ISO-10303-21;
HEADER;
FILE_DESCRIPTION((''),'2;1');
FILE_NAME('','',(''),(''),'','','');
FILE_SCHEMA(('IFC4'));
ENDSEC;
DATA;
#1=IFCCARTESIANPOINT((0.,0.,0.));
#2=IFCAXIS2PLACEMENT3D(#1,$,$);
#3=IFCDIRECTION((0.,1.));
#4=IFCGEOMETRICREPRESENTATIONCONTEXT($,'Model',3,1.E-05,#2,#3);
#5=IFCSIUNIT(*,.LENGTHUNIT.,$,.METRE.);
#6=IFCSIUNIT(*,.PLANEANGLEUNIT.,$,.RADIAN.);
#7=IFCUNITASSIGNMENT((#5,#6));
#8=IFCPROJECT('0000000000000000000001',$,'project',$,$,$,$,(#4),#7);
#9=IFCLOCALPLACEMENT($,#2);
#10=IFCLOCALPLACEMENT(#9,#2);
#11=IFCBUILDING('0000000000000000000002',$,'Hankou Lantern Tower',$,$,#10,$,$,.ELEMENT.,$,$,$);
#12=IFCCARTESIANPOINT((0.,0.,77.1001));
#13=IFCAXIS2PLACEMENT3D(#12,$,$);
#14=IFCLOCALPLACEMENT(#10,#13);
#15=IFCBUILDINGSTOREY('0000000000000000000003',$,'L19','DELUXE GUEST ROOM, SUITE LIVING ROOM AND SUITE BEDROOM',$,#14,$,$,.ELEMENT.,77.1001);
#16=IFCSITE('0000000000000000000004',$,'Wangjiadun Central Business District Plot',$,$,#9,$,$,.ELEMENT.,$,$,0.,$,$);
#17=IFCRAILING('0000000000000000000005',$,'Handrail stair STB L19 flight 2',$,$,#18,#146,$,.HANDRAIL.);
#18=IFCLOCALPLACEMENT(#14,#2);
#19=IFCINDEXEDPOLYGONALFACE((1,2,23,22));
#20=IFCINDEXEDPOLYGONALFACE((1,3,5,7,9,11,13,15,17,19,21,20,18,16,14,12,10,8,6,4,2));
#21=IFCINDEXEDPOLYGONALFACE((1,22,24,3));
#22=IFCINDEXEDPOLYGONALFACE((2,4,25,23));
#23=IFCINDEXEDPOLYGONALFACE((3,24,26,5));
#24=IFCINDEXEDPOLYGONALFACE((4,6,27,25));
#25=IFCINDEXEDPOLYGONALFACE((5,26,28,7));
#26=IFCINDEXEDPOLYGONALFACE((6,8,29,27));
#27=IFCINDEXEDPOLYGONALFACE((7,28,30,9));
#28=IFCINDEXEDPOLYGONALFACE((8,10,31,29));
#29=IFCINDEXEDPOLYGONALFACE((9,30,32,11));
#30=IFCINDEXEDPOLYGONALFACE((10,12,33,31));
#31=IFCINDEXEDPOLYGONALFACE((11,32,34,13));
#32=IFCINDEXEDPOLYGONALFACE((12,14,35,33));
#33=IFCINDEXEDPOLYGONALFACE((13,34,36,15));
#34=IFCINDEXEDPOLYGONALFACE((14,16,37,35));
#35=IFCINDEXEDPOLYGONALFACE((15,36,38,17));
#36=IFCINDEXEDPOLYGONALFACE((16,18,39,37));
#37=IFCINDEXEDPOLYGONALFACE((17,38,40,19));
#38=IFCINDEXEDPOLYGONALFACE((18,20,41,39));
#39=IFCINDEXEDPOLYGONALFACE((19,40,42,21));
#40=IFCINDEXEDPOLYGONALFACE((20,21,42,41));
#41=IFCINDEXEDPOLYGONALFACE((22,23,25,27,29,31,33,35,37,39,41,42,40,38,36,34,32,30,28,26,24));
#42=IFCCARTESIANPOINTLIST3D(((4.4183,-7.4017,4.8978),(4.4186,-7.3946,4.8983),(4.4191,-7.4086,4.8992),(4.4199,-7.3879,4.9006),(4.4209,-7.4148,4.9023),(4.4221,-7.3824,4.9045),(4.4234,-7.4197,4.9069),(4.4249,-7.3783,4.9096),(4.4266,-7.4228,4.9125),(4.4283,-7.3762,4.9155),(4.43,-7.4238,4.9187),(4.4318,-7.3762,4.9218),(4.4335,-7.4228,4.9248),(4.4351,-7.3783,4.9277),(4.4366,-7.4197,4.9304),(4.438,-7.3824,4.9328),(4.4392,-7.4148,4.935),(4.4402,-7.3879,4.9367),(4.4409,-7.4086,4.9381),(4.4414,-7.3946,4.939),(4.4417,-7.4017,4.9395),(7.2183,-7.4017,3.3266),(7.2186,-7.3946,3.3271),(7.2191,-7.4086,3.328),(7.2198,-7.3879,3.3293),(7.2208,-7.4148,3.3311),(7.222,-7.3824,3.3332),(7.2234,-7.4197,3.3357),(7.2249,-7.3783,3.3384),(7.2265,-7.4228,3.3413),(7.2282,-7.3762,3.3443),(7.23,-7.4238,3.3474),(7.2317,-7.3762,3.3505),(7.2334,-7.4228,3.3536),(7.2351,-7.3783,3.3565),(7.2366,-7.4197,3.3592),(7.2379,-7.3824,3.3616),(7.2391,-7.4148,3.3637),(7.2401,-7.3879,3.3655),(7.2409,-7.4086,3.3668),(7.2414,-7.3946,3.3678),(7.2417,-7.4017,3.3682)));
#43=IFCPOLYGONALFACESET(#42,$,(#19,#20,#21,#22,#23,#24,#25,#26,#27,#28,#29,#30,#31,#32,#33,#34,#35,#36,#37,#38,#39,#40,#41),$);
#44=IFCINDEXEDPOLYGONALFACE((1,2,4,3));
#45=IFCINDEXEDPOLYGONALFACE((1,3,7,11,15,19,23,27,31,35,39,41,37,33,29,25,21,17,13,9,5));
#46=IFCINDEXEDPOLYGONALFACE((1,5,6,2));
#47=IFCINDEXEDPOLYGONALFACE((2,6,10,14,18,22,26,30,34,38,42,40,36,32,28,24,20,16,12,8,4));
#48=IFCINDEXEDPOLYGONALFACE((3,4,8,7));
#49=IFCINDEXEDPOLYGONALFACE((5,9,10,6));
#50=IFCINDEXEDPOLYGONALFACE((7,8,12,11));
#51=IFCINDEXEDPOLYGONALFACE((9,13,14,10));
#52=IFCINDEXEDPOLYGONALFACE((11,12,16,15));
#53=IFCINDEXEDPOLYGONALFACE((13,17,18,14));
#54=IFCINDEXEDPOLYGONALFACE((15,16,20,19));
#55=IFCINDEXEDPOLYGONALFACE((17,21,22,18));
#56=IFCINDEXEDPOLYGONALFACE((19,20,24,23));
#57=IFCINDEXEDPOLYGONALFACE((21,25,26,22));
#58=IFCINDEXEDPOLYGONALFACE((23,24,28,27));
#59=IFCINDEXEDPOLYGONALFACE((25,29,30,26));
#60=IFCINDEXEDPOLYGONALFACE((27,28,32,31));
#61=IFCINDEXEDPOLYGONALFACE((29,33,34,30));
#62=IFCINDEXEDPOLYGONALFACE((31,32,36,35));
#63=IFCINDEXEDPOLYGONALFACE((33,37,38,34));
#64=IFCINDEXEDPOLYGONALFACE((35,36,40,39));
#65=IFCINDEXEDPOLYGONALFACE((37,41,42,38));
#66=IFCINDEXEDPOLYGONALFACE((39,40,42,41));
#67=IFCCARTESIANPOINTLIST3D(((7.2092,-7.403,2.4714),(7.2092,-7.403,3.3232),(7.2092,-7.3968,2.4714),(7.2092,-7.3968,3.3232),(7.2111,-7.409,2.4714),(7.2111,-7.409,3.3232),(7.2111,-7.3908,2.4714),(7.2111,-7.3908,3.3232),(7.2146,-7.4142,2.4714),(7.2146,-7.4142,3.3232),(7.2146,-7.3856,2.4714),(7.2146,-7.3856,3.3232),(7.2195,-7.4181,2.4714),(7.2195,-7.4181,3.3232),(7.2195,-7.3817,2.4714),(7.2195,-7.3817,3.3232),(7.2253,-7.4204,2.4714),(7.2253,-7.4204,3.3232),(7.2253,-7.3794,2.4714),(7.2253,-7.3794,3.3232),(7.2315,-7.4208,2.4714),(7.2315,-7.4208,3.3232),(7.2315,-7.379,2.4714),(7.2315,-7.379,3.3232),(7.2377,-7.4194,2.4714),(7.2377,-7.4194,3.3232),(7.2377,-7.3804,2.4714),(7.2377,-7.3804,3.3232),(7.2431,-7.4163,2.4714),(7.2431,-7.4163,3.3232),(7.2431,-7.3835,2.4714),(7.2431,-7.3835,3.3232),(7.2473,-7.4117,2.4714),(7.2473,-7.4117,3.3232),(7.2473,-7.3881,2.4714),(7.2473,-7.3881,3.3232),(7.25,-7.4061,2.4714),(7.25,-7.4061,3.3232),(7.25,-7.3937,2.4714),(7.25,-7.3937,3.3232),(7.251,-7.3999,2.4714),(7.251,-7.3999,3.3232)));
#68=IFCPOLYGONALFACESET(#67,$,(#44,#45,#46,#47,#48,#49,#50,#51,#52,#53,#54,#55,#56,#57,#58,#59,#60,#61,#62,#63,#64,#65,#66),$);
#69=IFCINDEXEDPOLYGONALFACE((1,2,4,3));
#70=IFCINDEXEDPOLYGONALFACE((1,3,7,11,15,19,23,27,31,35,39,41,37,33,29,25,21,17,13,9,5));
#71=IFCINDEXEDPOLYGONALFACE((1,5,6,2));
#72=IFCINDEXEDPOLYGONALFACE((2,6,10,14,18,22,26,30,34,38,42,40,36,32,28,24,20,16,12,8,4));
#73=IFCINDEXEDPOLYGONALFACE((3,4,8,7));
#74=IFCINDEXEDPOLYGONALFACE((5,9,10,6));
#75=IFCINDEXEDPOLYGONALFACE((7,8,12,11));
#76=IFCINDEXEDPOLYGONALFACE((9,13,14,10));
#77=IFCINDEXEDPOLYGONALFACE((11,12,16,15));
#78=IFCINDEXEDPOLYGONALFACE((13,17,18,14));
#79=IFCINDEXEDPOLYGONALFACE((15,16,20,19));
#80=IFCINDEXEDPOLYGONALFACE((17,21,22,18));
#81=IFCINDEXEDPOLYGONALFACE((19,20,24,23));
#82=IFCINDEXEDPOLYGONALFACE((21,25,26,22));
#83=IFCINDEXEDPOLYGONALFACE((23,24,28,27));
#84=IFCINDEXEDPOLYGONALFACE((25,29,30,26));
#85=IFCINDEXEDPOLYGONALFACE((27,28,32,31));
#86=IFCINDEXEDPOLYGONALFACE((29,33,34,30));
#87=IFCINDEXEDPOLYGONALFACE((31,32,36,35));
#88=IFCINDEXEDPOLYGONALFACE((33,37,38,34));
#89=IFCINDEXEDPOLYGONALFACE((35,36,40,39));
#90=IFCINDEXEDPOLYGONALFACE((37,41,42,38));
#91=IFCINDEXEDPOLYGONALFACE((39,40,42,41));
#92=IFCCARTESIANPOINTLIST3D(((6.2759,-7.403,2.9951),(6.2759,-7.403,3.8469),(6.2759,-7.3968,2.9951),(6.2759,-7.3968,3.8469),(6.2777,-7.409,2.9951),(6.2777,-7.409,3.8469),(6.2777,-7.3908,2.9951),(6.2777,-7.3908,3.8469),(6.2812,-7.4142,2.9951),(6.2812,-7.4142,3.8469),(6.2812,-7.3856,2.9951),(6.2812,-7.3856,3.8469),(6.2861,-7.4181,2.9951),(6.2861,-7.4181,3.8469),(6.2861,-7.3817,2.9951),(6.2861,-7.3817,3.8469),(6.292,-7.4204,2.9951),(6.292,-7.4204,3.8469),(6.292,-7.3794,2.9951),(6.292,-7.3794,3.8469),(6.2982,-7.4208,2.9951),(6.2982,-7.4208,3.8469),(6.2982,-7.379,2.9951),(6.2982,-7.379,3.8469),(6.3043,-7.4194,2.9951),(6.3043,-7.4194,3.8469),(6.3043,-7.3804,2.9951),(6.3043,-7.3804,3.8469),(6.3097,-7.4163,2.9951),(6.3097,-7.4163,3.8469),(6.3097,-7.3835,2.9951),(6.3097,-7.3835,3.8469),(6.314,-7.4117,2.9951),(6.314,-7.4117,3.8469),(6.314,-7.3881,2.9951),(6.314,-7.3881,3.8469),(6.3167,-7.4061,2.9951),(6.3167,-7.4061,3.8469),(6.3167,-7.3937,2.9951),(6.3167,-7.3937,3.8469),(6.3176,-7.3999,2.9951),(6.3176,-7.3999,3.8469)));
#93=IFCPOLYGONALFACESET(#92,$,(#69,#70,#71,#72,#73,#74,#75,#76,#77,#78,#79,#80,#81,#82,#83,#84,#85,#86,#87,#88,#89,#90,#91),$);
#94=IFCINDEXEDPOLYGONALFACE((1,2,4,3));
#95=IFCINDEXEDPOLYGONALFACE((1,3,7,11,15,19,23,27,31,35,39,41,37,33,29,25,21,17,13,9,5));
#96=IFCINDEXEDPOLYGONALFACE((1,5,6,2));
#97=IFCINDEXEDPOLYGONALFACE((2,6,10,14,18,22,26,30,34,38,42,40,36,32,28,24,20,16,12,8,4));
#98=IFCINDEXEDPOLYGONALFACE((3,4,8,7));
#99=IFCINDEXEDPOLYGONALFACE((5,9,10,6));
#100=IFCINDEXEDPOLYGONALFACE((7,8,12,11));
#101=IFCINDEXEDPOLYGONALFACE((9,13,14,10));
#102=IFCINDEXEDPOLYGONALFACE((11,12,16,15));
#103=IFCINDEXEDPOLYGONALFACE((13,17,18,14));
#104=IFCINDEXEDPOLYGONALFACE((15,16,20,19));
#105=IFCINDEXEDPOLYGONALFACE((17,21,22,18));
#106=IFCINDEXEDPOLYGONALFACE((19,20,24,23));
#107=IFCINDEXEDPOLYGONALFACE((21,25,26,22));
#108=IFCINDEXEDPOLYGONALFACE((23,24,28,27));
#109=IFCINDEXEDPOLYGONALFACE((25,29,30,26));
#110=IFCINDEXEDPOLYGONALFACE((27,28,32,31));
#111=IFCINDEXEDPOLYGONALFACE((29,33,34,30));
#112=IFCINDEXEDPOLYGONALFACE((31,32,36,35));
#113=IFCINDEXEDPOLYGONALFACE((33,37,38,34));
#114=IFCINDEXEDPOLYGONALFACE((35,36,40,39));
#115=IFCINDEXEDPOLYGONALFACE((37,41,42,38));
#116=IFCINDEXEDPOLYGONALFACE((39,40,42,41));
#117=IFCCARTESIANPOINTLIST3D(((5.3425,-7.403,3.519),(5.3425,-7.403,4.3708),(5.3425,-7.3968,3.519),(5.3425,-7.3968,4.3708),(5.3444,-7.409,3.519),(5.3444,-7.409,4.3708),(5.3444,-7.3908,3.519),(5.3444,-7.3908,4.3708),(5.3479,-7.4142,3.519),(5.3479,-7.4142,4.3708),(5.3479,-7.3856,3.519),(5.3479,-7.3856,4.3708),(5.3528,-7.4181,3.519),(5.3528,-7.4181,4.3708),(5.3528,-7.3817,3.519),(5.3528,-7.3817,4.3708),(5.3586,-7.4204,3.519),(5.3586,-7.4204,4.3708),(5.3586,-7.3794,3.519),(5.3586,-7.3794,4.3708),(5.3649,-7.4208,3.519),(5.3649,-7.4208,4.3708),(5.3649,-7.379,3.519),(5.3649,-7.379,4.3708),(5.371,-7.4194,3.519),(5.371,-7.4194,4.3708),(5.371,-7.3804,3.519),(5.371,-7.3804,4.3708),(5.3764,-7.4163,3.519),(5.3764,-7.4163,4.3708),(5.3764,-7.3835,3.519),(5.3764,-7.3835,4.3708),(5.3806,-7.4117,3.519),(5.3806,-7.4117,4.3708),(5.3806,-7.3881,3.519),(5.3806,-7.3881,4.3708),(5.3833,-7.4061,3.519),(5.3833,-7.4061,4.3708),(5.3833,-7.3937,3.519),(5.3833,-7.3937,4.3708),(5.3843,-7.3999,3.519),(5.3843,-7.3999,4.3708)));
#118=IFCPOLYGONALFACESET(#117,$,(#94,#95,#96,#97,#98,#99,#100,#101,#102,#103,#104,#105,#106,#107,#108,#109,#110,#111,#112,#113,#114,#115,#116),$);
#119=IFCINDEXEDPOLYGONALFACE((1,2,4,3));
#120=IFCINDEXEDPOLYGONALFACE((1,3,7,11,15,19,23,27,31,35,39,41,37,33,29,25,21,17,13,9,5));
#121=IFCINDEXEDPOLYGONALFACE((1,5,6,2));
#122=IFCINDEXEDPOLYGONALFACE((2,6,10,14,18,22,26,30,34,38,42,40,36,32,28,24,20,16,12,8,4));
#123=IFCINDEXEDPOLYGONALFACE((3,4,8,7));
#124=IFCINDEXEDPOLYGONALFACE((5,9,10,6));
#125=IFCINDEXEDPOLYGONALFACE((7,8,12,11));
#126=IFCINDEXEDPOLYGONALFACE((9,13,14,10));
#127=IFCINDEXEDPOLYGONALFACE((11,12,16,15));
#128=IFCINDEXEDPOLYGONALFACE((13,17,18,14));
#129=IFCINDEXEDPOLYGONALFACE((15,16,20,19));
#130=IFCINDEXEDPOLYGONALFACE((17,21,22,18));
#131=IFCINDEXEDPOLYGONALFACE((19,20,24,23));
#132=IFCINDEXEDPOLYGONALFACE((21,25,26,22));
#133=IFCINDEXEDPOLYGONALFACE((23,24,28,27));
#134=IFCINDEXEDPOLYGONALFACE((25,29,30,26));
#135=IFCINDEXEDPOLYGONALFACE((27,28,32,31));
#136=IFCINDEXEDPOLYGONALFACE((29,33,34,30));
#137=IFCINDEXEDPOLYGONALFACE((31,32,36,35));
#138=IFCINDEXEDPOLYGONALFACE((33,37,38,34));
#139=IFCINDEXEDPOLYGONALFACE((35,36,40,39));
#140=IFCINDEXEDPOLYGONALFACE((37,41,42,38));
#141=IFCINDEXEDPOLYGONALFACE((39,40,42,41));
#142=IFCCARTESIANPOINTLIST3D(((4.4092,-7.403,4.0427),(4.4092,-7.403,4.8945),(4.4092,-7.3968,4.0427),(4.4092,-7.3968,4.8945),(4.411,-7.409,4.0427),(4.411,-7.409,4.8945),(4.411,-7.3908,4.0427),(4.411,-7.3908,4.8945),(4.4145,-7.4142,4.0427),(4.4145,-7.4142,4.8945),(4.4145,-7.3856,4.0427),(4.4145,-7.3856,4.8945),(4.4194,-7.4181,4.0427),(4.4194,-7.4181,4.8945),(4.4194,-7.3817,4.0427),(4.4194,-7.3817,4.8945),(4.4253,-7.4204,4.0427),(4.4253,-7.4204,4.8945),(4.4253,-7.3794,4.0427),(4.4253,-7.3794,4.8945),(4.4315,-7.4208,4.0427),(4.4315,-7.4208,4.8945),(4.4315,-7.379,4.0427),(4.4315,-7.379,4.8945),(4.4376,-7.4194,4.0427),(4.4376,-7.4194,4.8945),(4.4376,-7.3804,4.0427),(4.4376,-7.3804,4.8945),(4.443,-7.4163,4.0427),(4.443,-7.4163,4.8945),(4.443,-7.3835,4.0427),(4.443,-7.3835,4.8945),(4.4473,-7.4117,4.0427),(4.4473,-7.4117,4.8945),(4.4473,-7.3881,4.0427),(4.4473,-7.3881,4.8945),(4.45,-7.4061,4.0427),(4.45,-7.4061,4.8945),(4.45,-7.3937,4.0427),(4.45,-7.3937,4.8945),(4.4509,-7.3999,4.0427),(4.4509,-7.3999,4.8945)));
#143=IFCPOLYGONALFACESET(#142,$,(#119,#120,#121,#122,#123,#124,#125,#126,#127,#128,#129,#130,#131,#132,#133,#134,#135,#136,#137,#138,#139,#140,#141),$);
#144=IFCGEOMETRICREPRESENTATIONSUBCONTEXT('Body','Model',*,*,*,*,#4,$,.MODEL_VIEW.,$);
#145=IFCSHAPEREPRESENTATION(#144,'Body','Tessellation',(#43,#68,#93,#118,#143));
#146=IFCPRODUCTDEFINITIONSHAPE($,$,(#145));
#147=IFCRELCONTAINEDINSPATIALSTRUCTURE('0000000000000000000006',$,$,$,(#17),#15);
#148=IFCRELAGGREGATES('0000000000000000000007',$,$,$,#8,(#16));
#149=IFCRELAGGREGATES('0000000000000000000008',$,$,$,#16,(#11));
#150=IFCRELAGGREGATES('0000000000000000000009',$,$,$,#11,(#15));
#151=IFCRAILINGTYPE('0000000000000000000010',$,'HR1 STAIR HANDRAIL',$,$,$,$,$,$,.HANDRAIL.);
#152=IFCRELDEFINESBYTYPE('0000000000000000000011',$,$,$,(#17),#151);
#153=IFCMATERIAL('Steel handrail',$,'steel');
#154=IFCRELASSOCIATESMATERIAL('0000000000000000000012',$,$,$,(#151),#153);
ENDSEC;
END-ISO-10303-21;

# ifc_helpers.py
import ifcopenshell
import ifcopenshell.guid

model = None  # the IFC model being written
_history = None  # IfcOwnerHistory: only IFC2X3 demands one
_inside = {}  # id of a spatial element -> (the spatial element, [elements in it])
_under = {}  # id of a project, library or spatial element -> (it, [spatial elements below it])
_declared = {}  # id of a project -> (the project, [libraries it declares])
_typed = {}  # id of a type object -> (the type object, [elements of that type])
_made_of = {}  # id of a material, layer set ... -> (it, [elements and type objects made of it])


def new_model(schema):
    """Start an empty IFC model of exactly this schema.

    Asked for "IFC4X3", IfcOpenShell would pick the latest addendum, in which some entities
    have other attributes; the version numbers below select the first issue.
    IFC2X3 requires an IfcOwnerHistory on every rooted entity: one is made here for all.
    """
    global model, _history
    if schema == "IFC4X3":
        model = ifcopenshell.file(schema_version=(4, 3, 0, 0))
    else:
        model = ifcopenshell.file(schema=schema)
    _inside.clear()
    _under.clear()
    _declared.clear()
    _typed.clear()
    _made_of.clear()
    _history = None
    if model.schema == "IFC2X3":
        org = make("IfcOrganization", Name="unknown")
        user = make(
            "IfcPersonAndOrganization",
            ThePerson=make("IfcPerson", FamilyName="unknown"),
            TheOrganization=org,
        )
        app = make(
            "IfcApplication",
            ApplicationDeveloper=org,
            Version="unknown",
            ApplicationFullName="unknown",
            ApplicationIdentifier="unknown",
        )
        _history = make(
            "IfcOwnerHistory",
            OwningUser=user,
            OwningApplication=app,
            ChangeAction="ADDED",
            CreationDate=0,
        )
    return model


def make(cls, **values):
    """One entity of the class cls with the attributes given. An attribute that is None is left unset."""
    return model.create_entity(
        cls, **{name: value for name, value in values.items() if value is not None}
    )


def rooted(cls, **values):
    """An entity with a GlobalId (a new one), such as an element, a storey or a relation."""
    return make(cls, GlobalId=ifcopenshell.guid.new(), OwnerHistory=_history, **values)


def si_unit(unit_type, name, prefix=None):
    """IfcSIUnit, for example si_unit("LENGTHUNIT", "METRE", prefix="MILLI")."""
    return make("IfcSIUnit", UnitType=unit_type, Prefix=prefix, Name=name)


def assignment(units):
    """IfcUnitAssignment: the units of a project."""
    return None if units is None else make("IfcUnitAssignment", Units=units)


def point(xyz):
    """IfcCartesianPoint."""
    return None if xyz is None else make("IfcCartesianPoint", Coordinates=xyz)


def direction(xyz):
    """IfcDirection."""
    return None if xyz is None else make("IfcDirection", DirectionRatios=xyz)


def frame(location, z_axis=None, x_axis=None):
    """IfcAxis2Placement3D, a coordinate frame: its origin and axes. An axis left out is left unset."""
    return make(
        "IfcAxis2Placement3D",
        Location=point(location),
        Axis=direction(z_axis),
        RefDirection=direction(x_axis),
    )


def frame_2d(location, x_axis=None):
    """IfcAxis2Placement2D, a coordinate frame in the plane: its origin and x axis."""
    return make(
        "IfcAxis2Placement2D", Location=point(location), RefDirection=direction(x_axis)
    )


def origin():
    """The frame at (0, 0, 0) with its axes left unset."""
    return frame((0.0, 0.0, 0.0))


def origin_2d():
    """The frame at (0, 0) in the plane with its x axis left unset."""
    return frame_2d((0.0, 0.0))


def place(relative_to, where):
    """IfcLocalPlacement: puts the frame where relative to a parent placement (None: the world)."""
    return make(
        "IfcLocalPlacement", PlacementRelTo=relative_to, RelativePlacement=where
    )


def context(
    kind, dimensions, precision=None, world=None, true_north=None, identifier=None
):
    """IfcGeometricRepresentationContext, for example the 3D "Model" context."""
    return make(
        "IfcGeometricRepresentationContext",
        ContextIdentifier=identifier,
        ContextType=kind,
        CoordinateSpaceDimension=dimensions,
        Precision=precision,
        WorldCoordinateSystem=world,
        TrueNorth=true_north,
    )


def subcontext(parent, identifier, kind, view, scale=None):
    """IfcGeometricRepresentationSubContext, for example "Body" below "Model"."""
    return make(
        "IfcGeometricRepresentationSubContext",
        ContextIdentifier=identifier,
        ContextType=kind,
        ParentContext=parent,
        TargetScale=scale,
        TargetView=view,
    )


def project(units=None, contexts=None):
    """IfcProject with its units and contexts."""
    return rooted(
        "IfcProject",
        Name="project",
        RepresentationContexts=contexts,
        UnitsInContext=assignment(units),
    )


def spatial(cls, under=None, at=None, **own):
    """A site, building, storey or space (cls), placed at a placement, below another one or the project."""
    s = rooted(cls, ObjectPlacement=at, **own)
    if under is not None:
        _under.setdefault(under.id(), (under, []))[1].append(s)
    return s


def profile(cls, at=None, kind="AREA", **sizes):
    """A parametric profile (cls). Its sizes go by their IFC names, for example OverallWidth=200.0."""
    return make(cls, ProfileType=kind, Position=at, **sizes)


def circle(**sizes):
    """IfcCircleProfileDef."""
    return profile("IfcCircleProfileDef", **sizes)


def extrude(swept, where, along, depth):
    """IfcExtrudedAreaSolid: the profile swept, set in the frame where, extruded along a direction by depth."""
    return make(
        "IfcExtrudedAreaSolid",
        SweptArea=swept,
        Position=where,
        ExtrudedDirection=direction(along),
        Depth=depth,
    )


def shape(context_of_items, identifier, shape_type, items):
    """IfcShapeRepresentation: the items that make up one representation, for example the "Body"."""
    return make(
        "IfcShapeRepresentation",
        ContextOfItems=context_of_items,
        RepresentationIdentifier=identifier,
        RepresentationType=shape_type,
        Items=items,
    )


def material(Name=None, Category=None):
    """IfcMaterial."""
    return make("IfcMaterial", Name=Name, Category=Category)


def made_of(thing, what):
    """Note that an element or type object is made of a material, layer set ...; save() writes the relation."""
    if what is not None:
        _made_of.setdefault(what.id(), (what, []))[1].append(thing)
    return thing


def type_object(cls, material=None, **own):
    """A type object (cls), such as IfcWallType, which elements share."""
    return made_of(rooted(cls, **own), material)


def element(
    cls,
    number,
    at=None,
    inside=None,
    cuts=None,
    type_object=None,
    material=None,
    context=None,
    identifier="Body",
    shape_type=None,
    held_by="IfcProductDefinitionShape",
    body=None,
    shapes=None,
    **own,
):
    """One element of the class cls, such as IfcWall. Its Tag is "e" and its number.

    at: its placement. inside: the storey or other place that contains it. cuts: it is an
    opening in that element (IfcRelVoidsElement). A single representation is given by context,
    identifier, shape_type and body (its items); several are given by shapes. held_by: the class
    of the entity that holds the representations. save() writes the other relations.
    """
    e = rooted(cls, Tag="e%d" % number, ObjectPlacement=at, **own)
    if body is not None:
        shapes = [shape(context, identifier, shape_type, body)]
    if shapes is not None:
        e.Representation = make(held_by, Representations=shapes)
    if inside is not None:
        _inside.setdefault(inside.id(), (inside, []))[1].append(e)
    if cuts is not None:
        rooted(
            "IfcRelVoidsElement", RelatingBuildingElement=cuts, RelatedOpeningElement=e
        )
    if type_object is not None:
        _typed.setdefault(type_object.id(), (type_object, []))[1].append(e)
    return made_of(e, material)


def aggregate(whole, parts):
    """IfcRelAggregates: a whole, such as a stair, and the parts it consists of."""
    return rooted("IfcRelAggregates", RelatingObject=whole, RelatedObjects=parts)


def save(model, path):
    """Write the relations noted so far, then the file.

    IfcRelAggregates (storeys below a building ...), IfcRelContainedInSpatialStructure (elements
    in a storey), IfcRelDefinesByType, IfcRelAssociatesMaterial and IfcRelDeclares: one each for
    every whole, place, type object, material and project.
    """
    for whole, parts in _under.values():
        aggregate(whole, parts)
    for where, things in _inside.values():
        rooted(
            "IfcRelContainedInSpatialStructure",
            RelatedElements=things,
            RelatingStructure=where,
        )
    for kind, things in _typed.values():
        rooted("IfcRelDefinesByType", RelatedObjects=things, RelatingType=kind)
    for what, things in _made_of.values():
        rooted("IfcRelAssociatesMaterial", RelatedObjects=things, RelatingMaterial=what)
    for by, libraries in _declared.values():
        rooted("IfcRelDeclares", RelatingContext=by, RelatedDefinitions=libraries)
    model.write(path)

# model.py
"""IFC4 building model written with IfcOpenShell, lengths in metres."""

from ifc_helpers import new_model, si_unit, direction, frame, origin, origin_2d, place, context, subcontext, project, spatial, circle, extrude, material, type_object, element, save


model = new_model("IFC4")

# Units and contexts
model_context = context("Model", 3, precision=1e-05, world=origin(), true_north=direction((0.0, 1.0)))
body_context = subcontext(model_context, "Body", "Model", "MODEL_VIEW")
ifc_project = project(units=[si_unit("LENGTHUNIT", "METRE"), si_unit("PLANEANGLEUNIT", "RADIAN")], contexts=[model_context])

# Site, building, storey
site_placement = place(None, origin())
site = spatial("IfcSite", under=ifc_project, at=site_placement, Name="Wangjiadun Central Business District Plot", CompositionType="ELEMENT", RefElevation=0.0)
building_placement = place(site_placement, origin())
building = spatial("IfcBuilding", under=site, at=building_placement, Name="Hankou Lantern Tower", CompositionType="ELEMENT")
storey_placement = place(building_placement, frame((0.0, 0.0, 77.1001)))
storey = spatial("IfcBuildingStorey", under=building, at=storey_placement, Name="L19", Description="DELUXE GUEST ROOM, SUITE LIVING ROOM AND SUITE BEDROOM", CompositionType="ELEMENT", Elevation=77.1001)

# Railing
ifc_material_1 = material(Name="Steel handrail", Category="steel")
railing_type = type_object("IfcRailingType", Name="HR1 STAIR HANDRAIL", PredefinedType="HANDRAIL", material=ifc_material_1)
railing_placement = place(storey_placement, frame((7.23, -7.3999, 2.4714)))
element("IfcRailing", 1, at=railing_placement, inside=storey, type_object=railing_type, Name="Handrail stair STB L19 flight 2", PredefinedType="HANDRAIL", context=body_context, shape_type="SweptSolid", body=[
    extrude(circle(Radius=0.0239, at=origin_2d()), frame((0.0, 0.0, 0.876), z_axis=(-0.872073, 0.0, 0.489377), x_axis=(0.0, -1.0, 0.0)), (0.0, 0.0, 1.0), 3.2107),
    extrude(circle(Radius=0.021, at=origin_2d()), origin(), (0.0, 0.0, 1.0), 0.8518),
    extrude(circle(Radius=0.021, at=origin_2d()), frame((-0.9333, 0.0, 0.5237)), (0.0, 0.0, 1.0), 0.8518),
    extrude(circle(Radius=0.021, at=origin_2d()), frame((-1.8667, 0.0, 1.0476)), (0.0, 0.0, 1.0), 0.8518),
    extrude(circle(Radius=0.021, at=origin_2d()), frame((-2.8, 0.0, 1.5713)), (0.0, 0.0, 1.0), 0.8518),
])

save(model, "model.ifc")
